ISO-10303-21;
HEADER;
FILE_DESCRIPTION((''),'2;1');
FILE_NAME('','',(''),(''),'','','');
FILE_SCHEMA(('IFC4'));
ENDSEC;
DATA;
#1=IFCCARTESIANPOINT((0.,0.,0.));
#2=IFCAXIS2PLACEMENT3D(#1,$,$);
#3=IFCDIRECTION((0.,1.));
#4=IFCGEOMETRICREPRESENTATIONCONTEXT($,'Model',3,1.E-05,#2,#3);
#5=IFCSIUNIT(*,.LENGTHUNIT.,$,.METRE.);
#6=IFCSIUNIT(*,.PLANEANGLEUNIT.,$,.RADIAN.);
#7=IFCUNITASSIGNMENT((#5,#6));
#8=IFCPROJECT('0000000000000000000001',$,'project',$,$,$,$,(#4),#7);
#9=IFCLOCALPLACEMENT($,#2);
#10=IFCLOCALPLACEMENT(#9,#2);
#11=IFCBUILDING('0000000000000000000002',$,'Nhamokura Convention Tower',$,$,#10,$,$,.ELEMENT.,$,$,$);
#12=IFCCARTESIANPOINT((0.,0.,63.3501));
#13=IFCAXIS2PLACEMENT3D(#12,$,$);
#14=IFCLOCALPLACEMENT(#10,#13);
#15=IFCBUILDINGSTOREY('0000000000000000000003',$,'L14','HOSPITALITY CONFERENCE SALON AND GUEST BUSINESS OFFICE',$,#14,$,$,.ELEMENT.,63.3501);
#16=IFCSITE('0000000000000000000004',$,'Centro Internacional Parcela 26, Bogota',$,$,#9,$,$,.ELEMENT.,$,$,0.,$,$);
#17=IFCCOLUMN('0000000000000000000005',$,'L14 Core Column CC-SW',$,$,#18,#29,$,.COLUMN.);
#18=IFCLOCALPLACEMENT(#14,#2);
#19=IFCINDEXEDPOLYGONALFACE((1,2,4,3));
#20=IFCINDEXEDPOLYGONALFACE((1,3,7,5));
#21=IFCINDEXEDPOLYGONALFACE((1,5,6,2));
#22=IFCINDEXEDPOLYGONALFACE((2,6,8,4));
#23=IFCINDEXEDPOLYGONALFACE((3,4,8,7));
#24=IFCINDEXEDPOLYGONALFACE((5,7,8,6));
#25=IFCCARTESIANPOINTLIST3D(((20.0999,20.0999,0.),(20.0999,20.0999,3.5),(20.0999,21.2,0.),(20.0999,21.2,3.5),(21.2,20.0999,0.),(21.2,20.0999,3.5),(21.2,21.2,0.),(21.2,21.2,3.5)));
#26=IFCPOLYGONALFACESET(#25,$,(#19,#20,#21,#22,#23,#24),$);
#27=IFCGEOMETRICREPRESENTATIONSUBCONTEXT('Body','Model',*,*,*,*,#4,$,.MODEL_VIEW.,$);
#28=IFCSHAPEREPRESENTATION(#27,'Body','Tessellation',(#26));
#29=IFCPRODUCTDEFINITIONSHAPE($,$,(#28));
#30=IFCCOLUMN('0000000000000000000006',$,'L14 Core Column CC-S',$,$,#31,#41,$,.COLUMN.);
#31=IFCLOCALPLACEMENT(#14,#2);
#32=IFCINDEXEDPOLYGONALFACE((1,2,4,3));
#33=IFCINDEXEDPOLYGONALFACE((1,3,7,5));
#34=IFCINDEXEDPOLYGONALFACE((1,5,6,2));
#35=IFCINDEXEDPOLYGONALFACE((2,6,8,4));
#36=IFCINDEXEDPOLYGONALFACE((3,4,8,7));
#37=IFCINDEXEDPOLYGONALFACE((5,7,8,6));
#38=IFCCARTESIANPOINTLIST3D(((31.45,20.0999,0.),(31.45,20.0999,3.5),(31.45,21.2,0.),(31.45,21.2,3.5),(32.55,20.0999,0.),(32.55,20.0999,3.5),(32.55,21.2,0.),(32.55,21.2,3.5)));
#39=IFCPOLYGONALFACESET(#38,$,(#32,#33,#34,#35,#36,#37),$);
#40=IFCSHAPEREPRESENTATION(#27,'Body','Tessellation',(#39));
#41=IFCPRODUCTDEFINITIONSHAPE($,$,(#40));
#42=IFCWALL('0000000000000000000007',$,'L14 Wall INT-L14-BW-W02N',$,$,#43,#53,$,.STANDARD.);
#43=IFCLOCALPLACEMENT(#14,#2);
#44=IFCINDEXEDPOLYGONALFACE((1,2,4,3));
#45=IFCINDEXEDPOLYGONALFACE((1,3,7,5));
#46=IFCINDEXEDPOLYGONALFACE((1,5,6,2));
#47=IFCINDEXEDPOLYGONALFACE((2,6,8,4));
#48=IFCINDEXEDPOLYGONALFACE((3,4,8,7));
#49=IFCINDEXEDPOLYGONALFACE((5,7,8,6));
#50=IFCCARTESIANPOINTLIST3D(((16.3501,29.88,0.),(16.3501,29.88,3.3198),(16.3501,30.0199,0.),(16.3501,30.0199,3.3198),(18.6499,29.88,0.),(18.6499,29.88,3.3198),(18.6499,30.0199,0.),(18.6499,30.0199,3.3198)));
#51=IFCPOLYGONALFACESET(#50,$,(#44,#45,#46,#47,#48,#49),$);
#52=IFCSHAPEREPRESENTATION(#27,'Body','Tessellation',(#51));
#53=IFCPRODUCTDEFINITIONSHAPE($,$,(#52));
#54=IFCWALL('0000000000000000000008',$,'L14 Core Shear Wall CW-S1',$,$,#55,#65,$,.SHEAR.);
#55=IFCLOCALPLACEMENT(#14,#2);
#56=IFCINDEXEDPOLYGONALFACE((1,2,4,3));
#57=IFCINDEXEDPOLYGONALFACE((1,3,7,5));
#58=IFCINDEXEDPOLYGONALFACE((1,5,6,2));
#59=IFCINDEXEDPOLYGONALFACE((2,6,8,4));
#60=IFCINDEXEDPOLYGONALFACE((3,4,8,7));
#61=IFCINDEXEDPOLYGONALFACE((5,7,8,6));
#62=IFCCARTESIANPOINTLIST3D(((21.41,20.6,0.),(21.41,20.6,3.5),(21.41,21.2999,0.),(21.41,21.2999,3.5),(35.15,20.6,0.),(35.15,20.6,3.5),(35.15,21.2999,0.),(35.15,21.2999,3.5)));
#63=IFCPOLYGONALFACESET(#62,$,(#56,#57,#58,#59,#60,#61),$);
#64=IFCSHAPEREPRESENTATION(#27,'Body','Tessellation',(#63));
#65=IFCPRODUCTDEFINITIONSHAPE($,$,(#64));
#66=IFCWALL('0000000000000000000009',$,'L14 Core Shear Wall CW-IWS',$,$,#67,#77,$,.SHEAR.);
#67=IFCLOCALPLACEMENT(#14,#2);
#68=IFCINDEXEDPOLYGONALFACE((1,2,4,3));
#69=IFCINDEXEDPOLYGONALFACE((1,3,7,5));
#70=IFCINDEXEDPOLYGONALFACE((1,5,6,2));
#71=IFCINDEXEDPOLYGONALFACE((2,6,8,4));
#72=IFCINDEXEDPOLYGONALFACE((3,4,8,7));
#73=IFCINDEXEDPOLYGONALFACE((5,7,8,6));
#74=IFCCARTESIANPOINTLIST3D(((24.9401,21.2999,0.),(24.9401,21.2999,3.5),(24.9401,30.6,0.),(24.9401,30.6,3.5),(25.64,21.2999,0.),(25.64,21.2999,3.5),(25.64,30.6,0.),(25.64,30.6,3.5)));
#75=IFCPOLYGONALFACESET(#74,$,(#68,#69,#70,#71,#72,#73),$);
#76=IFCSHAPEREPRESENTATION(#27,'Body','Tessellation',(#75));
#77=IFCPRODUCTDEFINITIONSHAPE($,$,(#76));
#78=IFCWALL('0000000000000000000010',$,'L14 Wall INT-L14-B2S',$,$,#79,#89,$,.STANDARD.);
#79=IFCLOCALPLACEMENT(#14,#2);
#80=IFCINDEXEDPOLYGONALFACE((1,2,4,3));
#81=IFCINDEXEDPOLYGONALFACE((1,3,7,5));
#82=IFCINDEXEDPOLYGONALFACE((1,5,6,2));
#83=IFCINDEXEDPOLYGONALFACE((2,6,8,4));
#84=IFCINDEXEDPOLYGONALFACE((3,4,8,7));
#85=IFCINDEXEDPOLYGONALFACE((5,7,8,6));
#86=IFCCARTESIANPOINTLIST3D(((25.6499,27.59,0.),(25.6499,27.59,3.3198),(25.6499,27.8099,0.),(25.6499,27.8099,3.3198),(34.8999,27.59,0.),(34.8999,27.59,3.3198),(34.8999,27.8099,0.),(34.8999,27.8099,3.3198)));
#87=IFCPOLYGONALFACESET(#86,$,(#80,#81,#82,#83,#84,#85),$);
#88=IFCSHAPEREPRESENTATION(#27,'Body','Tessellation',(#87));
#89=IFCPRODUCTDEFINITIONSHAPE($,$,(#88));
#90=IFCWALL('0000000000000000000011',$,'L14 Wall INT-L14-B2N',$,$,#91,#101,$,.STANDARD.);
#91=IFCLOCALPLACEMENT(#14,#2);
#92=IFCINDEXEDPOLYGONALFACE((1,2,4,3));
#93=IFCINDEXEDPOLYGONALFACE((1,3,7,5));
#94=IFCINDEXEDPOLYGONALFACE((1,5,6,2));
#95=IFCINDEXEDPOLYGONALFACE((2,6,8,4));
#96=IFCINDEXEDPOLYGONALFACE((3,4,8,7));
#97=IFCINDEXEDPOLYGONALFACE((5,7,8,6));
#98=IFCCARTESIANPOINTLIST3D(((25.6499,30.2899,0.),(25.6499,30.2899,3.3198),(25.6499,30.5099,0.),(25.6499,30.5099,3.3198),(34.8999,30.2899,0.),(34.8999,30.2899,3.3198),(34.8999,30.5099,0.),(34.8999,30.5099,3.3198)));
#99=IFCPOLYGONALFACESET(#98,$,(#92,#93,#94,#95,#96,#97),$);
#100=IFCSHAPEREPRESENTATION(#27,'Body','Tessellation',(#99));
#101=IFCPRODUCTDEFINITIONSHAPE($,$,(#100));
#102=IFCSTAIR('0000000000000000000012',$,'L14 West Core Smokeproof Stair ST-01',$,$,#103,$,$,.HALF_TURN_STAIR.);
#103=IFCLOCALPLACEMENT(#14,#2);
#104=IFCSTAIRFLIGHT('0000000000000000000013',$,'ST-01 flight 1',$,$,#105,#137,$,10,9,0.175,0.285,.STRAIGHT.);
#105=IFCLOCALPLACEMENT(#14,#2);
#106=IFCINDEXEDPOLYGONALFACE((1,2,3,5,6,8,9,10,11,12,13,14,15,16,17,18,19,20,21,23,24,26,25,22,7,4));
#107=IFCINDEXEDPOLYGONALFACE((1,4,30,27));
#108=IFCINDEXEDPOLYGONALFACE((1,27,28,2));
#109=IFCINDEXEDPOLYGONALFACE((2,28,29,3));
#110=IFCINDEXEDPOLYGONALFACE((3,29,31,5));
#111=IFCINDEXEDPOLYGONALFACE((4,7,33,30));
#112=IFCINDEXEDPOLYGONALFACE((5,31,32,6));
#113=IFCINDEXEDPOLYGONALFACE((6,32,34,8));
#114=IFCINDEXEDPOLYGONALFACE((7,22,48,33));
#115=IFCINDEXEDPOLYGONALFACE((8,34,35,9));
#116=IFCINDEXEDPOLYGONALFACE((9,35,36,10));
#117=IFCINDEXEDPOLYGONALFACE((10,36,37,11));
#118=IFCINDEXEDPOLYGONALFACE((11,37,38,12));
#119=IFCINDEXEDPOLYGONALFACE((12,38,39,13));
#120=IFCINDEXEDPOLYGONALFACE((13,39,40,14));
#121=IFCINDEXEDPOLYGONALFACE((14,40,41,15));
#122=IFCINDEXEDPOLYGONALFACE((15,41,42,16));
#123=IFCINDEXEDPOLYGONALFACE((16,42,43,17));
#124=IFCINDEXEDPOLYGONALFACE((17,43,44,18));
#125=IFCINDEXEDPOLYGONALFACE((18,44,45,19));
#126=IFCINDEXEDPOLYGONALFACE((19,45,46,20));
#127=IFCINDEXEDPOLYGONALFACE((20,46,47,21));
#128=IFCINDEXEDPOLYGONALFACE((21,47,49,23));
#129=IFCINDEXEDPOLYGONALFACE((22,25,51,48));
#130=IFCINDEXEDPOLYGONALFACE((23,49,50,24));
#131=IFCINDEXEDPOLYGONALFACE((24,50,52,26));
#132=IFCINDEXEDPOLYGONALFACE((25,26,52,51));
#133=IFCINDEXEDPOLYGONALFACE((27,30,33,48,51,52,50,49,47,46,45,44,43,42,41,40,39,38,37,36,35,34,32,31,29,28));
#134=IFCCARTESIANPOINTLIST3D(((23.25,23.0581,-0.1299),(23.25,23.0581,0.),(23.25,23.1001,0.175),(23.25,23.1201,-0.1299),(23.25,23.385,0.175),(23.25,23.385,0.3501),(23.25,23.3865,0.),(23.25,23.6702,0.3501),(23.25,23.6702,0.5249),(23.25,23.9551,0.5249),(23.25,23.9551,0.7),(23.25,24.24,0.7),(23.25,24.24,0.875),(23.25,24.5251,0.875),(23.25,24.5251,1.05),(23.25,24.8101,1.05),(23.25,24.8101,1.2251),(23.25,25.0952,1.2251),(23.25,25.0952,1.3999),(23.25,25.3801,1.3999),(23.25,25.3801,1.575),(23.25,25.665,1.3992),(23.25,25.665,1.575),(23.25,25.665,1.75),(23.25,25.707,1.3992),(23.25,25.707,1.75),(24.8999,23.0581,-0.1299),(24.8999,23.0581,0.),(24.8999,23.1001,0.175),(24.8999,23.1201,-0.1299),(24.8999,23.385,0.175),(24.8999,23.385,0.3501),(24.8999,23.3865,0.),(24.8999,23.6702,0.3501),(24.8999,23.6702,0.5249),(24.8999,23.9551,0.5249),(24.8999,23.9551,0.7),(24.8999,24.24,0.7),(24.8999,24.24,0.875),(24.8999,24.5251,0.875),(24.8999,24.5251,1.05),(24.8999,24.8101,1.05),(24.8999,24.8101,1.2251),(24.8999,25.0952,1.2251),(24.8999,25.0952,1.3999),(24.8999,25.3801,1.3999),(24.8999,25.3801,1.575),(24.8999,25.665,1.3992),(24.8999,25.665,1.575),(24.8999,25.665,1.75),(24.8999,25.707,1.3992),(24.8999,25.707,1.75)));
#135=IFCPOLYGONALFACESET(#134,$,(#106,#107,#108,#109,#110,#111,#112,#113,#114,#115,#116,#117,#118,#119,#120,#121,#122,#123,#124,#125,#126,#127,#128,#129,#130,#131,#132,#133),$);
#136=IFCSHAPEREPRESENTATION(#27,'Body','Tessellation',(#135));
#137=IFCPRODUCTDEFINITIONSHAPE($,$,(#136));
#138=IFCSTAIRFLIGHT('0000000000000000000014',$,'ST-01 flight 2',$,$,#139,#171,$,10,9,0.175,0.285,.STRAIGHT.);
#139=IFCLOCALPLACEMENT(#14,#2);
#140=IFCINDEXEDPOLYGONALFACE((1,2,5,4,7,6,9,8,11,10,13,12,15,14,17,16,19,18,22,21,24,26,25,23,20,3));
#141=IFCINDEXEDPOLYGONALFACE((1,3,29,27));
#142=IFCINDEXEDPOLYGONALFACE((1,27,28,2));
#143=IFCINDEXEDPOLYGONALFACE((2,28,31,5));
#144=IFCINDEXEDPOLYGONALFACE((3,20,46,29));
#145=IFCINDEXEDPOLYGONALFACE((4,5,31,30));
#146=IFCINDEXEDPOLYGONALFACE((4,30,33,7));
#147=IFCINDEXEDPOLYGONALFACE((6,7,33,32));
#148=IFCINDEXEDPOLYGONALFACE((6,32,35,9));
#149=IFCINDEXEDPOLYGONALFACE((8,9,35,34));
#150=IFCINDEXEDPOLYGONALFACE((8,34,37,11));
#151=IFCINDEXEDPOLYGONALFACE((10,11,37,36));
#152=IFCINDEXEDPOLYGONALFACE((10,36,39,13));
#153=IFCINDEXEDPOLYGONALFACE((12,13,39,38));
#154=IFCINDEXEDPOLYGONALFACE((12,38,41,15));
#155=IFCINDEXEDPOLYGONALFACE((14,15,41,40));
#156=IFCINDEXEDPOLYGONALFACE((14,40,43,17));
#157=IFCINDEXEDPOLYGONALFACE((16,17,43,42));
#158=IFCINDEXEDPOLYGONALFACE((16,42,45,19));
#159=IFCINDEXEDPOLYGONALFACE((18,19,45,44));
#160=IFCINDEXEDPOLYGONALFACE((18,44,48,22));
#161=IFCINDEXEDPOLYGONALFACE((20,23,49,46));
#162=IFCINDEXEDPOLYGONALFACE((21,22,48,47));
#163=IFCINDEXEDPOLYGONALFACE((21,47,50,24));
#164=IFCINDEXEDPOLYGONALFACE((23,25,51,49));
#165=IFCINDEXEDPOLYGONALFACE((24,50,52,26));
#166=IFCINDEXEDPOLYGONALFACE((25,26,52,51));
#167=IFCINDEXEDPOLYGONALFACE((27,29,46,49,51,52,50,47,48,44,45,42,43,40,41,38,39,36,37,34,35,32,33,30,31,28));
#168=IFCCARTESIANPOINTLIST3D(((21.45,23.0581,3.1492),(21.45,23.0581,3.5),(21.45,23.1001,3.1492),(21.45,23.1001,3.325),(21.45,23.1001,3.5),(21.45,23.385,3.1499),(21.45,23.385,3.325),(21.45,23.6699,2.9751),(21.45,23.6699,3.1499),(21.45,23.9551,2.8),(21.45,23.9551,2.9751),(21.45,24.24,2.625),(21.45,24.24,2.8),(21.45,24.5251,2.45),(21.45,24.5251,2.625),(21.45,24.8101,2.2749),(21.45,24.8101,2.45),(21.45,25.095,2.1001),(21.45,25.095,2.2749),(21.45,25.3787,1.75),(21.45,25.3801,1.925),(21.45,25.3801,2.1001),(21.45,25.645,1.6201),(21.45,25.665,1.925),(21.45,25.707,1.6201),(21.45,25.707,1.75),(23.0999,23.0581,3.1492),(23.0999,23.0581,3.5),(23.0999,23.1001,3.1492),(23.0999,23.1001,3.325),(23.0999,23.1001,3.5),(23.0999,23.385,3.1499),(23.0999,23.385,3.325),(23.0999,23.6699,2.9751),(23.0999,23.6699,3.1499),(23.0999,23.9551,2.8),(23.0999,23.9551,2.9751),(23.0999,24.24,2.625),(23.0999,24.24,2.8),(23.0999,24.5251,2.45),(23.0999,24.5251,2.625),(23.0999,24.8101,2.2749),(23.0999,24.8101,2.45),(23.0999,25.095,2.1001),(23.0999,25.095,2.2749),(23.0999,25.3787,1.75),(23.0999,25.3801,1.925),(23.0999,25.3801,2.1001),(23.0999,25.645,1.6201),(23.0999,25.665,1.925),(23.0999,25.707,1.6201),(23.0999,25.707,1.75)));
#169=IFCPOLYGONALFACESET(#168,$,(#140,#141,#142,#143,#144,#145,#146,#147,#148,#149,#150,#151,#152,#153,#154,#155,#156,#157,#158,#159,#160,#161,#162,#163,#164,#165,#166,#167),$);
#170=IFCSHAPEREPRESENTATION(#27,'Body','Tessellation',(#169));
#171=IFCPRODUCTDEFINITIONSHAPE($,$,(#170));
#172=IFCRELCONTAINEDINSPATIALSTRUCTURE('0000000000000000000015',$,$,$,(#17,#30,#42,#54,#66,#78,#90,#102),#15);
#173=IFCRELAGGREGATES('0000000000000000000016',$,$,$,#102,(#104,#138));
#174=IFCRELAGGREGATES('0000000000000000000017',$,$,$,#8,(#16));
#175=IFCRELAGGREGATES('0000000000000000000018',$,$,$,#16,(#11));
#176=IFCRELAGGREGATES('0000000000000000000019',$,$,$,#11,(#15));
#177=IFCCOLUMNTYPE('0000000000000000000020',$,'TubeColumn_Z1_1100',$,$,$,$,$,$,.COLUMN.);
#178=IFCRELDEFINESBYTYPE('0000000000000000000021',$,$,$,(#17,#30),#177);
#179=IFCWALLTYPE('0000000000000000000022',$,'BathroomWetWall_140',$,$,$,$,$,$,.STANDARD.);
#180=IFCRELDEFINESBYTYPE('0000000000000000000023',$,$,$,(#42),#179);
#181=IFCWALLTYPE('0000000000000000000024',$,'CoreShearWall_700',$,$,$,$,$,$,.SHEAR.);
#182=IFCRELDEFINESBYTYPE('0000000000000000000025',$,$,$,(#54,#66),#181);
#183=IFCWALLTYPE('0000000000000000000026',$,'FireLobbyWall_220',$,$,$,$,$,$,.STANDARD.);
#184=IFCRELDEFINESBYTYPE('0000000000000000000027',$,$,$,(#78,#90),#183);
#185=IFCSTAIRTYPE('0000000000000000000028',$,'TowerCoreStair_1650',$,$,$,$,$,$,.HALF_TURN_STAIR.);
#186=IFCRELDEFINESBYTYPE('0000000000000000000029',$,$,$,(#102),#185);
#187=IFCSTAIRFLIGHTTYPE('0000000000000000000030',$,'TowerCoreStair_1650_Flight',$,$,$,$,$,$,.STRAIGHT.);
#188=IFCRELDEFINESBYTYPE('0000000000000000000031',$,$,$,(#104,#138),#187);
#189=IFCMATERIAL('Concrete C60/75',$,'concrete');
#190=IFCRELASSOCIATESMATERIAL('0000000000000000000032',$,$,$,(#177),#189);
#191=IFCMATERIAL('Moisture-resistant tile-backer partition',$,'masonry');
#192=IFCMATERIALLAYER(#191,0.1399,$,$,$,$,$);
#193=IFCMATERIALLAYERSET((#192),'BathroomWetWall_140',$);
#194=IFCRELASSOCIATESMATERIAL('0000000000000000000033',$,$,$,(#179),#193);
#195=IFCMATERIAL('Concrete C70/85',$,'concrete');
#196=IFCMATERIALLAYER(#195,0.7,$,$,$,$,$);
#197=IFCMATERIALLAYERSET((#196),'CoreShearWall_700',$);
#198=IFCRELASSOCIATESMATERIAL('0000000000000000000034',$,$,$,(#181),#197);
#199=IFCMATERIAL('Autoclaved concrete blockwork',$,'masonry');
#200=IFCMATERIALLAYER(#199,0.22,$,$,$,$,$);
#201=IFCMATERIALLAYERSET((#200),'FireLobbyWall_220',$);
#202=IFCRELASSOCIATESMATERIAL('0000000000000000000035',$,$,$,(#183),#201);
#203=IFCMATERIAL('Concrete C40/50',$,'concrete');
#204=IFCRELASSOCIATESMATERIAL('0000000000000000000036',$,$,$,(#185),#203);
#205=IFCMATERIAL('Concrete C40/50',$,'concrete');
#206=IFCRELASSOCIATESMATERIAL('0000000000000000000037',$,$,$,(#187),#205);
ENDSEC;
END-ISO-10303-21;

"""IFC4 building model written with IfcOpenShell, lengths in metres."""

from ifc_helpers import new_model, si_unit, direction, frame, frame_2d, origin, origin_2d, place, context, subcontext, project, spatial, polyline, rectangle, outline, extrude, material, layer, layer_set, material_profile, profile_set, type_object, element, aggregate, save


model = new_model("IFC4")

# Units and contexts
model_context = context("Model", 3, precision=1e-05, world=origin(), true_north=direction((0.0, 1.0)))
body_context = subcontext(model_context, "Body", "Model", "MODEL_VIEW")
ifc_project = project(units=[si_unit("LENGTHUNIT", "METRE"), si_unit("PLANEANGLEUNIT", "RADIAN")], contexts=[model_context])

# Site, building, storey
site_placement = place(None, origin())
site = spatial("IfcSite", under=ifc_project, at=site_placement, Name="Centro Internacional Parcela 26, Bogota", CompositionType="ELEMENT", RefElevation=0.0)
building_placement = place(site_placement, origin())
building = spatial("IfcBuilding", under=site, at=building_placement, Name="Nhamokura Convention Tower", CompositionType="ELEMENT")
storey_placement = place(building_placement, frame((0.0, 0.0, 63.3501)))
storey = spatial("IfcBuildingStorey", under=building, at=storey_placement, Name="L14", Description="HOSPITALITY CONFERENCE SALON AND GUEST BUSINESS OFFICE", CompositionType="ELEMENT", Elevation=63.3501)

# Columns
ifc_material_1 = material(Name="Concrete C60/75", Category="concrete")
ifc_material_profile = material_profile(ifc_material_1, rectangle(XDim=1.1001, YDim=1.1001, at=origin_2d()))
ifc_profile_set = profile_set([ifc_material_profile], Name="Concrete C60/75")
column_type = type_object("IfcColumnType", Name="TubeColumn_Z1_1100", PredefinedType="COLUMN", material=ifc_profile_set)
for number, where, z_axis, x_axis, name in (
    (1, (20.6499, 20.6499, 0.0), (0.0, 0.0, 1.0), (1.0, 0.0, 0.0), "L14 Core Column CC-SW"),
    (2, (32.0, 20.6499, 0.0), (0.0, 0.0, 1.0), (1.0, 0.0, 0.0), "L14 Core Column CC-S"),
):
    element("IfcColumn", number, at=place(storey_placement, frame(where, z_axis=z_axis, x_axis=x_axis)), inside=storey, type_object=column_type, Name=name, PredefinedType="COLUMN", context=body_context, shape_type="SweptSolid", body=[
        extrude(rectangle(XDim=1.1001, YDim=1.1001, at=origin_2d()), origin(), (0.0, 0.0, 1.0), 3.5),
    ])

# Wall
ifc_material_2 = material(Name="Moisture-resistant tile-backer partition", Category="masonry")
ifc_layer_1 = layer(ifc_material_2, 0.1399)
ifc_layer_set_1 = layer_set([ifc_layer_1], Name="BathroomWetWall_140")
wall_type_1 = type_object("IfcWallType", Name="BathroomWetWall_140", PredefinedType="STANDARD", material=ifc_layer_set_1)
wall_1_placement = place(storey_placement, frame((16.3501, 29.95, 0.0), z_axis=(0.0, 0.0, 1.0), x_axis=(1.0, 0.0, 0.0)))
element("IfcWall", 3, at=wall_1_placement, inside=storey, type_object=wall_type_1, Name="L14 Wall INT-L14-BW-W02N", PredefinedType="STANDARD", context=body_context, shape_type="SweptSolid", body=[
    extrude(rectangle(XDim=2.2998, YDim=0.1399, at=frame_2d((1.1499, 0.0))), origin(), (0.0, 0.0, 1.0), 3.3198),
])

# Shared definitions
ifc_material_3 = material(Name="Concrete C70/85", Category="concrete")
ifc_layer_2 = layer(ifc_material_3, 0.7)
ifc_layer_set_2 = layer_set([ifc_layer_2], Name="CoreShearWall_700")
wall_type_2 = type_object("IfcWallType", Name="CoreShearWall_700", PredefinedType="SHEAR", material=ifc_layer_set_2)

# Walls
wall_2_placement = place(storey_placement, frame((21.4099, 20.95, 0.0), z_axis=(0.0, 0.0, 1.0), x_axis=(1.0, 0.0, 0.0)))
element("IfcWall", 4, at=wall_2_placement, inside=storey, type_object=wall_type_2, Name="L14 Core Shear Wall CW-S1", PredefinedType="SHEAR", context=body_context, shape_type="SweptSolid", body=[
    extrude(rectangle(XDim=13.74, YDim=0.7, at=frame_2d((6.8701, 0.0))), origin(), (0.0, 0.0, 1.0), 3.5),
])
wall_3_placement = place(storey_placement, frame((25.29, 21.3, 0.0), z_axis=(0.0, 0.0, 1.0), x_axis=(0.0, 1.0, 0.0)))
element("IfcWall", 5, at=wall_3_placement, inside=storey, type_object=wall_type_2, Name="L14 Core Shear Wall CW-IWS", PredefinedType="SHEAR", context=body_context, shape_type="SweptSolid", body=[
    extrude(rectangle(XDim=9.3, YDim=0.7, at=frame_2d((4.6499, 0.0))), origin(), (0.0, 0.0, 1.0), 3.5),
])

# Shared definitions
ifc_material_4 = material(Name="Autoclaved concrete blockwork", Category="masonry")
ifc_layer_3 = layer(ifc_material_4, 0.22)
ifc_layer_set_3 = layer_set([ifc_layer_3], Name="FireLobbyWall_220")
wall_type_3 = type_object("IfcWallType", Name="FireLobbyWall_220", PredefinedType="STANDARD", material=ifc_layer_set_3)

# Walls
for number, where, z_axis, x_axis, name in (
    (6, (25.6499, 27.7, 0.0), (0.0, 0.0, 1.0), (1.0, 0.0, 0.0), "L14 Wall INT-L14-B2S"),
    (7, (25.6499, 30.3999, 0.0), (0.0, 0.0, 1.0), (1.0, 0.0, 0.0), "L14 Wall INT-L14-B2N"),
):
    element("IfcWall", number, at=place(storey_placement, frame(where, z_axis=z_axis, x_axis=x_axis)), inside=storey, type_object=wall_type_3, Name=name, PredefinedType="STANDARD", context=body_context, shape_type="SweptSolid", body=[
        extrude(rectangle(XDim=9.25, YDim=0.22, at=frame_2d((4.625, 0.0))), origin(), (0.0, 0.0, 1.0), 3.3198),
    ])

# Stair, stair flights
ifc_material_5 = material(Name="Concrete C40/50", Category="concrete")
stair_type = type_object("IfcStairType", Name="TowerCoreStair_1650", PredefinedType="HALF_TURN_STAIR", material=ifc_material_5)
stair_placement = place(storey_placement, origin())
stair = element("IfcStair", 8, at=stair_placement, inside=storey, type_object=stair_type, Name="L14 West Core Smokeproof Stair ST-01", PredefinedType="HALF_TURN_STAIR")
ifc_material_6 = material(Name="Concrete C40/50", Category="concrete")
stair_flight_type = type_object("IfcStairFlightType", Name="TowerCoreStair_1650_Flight", PredefinedType="STRAIGHT", material=ifc_material_6)
stair_flight_1_placement = place(storey_placement, frame((24.075, 23.1001, 0.0), z_axis=(0.0, 0.0, 1.0), x_axis=(0.0, 1.0, 0.0)))
stair_flight_1 = element("IfcStairFlight", 9, at=stair_flight_1_placement, type_object=stair_flight_type, Name="ST-01 flight 1", NumberOfRisers=10, NumberOfTreads=9, PredefinedType="STRAIGHT", RiserHeight=0.175, TreadLength=0.285, context=body_context, shape_type="SweptSolid", body=[
    extrude(outline(polyline([(-0.042, 0.0), (0.0, 0.175), (0.2849, 0.175), (0.2849, 0.3501), (0.5701, 0.3501), (0.5701, 0.5249), (0.855, 0.5249), (0.855, 0.7), (1.1399, 0.7), (1.1399, 0.875), (1.425, 0.875), (1.425, 1.05), (1.71, 1.05), (1.71, 1.2251), (1.9951, 1.2251), (1.9951, 1.3999), (2.28, 1.3999), (2.28, 1.575), (2.5649, 1.575), (2.5649, 1.75), (2.6069, 1.75), (2.6069, 1.3992), (2.5649, 1.3992), (0.2864, 0.0), (0.02, -0.1299), (-0.042, -0.1299), (-0.042, 0.0)])), frame((0.0, 0.825, 0.0), z_axis=(0.0, -1.0, 0.0), x_axis=(1.0, 0.0, 0.0)), (0.0, 0.0, 1.0), 1.6499),
])
stair_flight_2_placement = place(storey_placement, frame((22.2749, 25.665, 1.75), z_axis=(0.0, 0.0, 1.0), x_axis=(0.0, -1.0, 0.0)))
stair_flight_2 = element("IfcStairFlight", 10, at=stair_flight_2_placement, type_object=stair_flight_type, Name="ST-01 flight 2", NumberOfRisers=10, NumberOfTreads=9, PredefinedType="STRAIGHT", RiserHeight=0.175, TreadLength=0.285, context=body_context, shape_type="SweptSolid", body=[
    extrude(outline(polyline([(-0.042, 0.0), (0.0, 0.175), (0.2849, 0.175), (0.2849, 0.3501), (0.5701, 0.3501), (0.5701, 0.5249), (0.855, 0.5249), (0.855, 0.7), (1.1399, 0.7), (1.1399, 0.875), (1.425, 0.875), (1.425, 1.05), (1.71, 1.05), (1.71, 1.2251), (1.9951, 1.2251), (1.9951, 1.3999), (2.28, 1.3999), (2.28, 1.575), (2.5649, 1.575), (2.5649, 1.75), (2.6069, 1.75), (2.6069, 1.3992), (2.5649, 1.3992), (0.2864, 0.0), (0.02, -0.1299), (-0.042, -0.1299), (-0.042, 0.0)])), frame((0.0, 0.825, 0.0), z_axis=(0.0, -1.0, 0.0), x_axis=(1.0, 0.0, 0.0)), (0.0, 0.0, 1.0), 1.6499),
])
aggregate(stair, [stair_flight_1, stair_flight_2])

save(model, "model.ifc")
